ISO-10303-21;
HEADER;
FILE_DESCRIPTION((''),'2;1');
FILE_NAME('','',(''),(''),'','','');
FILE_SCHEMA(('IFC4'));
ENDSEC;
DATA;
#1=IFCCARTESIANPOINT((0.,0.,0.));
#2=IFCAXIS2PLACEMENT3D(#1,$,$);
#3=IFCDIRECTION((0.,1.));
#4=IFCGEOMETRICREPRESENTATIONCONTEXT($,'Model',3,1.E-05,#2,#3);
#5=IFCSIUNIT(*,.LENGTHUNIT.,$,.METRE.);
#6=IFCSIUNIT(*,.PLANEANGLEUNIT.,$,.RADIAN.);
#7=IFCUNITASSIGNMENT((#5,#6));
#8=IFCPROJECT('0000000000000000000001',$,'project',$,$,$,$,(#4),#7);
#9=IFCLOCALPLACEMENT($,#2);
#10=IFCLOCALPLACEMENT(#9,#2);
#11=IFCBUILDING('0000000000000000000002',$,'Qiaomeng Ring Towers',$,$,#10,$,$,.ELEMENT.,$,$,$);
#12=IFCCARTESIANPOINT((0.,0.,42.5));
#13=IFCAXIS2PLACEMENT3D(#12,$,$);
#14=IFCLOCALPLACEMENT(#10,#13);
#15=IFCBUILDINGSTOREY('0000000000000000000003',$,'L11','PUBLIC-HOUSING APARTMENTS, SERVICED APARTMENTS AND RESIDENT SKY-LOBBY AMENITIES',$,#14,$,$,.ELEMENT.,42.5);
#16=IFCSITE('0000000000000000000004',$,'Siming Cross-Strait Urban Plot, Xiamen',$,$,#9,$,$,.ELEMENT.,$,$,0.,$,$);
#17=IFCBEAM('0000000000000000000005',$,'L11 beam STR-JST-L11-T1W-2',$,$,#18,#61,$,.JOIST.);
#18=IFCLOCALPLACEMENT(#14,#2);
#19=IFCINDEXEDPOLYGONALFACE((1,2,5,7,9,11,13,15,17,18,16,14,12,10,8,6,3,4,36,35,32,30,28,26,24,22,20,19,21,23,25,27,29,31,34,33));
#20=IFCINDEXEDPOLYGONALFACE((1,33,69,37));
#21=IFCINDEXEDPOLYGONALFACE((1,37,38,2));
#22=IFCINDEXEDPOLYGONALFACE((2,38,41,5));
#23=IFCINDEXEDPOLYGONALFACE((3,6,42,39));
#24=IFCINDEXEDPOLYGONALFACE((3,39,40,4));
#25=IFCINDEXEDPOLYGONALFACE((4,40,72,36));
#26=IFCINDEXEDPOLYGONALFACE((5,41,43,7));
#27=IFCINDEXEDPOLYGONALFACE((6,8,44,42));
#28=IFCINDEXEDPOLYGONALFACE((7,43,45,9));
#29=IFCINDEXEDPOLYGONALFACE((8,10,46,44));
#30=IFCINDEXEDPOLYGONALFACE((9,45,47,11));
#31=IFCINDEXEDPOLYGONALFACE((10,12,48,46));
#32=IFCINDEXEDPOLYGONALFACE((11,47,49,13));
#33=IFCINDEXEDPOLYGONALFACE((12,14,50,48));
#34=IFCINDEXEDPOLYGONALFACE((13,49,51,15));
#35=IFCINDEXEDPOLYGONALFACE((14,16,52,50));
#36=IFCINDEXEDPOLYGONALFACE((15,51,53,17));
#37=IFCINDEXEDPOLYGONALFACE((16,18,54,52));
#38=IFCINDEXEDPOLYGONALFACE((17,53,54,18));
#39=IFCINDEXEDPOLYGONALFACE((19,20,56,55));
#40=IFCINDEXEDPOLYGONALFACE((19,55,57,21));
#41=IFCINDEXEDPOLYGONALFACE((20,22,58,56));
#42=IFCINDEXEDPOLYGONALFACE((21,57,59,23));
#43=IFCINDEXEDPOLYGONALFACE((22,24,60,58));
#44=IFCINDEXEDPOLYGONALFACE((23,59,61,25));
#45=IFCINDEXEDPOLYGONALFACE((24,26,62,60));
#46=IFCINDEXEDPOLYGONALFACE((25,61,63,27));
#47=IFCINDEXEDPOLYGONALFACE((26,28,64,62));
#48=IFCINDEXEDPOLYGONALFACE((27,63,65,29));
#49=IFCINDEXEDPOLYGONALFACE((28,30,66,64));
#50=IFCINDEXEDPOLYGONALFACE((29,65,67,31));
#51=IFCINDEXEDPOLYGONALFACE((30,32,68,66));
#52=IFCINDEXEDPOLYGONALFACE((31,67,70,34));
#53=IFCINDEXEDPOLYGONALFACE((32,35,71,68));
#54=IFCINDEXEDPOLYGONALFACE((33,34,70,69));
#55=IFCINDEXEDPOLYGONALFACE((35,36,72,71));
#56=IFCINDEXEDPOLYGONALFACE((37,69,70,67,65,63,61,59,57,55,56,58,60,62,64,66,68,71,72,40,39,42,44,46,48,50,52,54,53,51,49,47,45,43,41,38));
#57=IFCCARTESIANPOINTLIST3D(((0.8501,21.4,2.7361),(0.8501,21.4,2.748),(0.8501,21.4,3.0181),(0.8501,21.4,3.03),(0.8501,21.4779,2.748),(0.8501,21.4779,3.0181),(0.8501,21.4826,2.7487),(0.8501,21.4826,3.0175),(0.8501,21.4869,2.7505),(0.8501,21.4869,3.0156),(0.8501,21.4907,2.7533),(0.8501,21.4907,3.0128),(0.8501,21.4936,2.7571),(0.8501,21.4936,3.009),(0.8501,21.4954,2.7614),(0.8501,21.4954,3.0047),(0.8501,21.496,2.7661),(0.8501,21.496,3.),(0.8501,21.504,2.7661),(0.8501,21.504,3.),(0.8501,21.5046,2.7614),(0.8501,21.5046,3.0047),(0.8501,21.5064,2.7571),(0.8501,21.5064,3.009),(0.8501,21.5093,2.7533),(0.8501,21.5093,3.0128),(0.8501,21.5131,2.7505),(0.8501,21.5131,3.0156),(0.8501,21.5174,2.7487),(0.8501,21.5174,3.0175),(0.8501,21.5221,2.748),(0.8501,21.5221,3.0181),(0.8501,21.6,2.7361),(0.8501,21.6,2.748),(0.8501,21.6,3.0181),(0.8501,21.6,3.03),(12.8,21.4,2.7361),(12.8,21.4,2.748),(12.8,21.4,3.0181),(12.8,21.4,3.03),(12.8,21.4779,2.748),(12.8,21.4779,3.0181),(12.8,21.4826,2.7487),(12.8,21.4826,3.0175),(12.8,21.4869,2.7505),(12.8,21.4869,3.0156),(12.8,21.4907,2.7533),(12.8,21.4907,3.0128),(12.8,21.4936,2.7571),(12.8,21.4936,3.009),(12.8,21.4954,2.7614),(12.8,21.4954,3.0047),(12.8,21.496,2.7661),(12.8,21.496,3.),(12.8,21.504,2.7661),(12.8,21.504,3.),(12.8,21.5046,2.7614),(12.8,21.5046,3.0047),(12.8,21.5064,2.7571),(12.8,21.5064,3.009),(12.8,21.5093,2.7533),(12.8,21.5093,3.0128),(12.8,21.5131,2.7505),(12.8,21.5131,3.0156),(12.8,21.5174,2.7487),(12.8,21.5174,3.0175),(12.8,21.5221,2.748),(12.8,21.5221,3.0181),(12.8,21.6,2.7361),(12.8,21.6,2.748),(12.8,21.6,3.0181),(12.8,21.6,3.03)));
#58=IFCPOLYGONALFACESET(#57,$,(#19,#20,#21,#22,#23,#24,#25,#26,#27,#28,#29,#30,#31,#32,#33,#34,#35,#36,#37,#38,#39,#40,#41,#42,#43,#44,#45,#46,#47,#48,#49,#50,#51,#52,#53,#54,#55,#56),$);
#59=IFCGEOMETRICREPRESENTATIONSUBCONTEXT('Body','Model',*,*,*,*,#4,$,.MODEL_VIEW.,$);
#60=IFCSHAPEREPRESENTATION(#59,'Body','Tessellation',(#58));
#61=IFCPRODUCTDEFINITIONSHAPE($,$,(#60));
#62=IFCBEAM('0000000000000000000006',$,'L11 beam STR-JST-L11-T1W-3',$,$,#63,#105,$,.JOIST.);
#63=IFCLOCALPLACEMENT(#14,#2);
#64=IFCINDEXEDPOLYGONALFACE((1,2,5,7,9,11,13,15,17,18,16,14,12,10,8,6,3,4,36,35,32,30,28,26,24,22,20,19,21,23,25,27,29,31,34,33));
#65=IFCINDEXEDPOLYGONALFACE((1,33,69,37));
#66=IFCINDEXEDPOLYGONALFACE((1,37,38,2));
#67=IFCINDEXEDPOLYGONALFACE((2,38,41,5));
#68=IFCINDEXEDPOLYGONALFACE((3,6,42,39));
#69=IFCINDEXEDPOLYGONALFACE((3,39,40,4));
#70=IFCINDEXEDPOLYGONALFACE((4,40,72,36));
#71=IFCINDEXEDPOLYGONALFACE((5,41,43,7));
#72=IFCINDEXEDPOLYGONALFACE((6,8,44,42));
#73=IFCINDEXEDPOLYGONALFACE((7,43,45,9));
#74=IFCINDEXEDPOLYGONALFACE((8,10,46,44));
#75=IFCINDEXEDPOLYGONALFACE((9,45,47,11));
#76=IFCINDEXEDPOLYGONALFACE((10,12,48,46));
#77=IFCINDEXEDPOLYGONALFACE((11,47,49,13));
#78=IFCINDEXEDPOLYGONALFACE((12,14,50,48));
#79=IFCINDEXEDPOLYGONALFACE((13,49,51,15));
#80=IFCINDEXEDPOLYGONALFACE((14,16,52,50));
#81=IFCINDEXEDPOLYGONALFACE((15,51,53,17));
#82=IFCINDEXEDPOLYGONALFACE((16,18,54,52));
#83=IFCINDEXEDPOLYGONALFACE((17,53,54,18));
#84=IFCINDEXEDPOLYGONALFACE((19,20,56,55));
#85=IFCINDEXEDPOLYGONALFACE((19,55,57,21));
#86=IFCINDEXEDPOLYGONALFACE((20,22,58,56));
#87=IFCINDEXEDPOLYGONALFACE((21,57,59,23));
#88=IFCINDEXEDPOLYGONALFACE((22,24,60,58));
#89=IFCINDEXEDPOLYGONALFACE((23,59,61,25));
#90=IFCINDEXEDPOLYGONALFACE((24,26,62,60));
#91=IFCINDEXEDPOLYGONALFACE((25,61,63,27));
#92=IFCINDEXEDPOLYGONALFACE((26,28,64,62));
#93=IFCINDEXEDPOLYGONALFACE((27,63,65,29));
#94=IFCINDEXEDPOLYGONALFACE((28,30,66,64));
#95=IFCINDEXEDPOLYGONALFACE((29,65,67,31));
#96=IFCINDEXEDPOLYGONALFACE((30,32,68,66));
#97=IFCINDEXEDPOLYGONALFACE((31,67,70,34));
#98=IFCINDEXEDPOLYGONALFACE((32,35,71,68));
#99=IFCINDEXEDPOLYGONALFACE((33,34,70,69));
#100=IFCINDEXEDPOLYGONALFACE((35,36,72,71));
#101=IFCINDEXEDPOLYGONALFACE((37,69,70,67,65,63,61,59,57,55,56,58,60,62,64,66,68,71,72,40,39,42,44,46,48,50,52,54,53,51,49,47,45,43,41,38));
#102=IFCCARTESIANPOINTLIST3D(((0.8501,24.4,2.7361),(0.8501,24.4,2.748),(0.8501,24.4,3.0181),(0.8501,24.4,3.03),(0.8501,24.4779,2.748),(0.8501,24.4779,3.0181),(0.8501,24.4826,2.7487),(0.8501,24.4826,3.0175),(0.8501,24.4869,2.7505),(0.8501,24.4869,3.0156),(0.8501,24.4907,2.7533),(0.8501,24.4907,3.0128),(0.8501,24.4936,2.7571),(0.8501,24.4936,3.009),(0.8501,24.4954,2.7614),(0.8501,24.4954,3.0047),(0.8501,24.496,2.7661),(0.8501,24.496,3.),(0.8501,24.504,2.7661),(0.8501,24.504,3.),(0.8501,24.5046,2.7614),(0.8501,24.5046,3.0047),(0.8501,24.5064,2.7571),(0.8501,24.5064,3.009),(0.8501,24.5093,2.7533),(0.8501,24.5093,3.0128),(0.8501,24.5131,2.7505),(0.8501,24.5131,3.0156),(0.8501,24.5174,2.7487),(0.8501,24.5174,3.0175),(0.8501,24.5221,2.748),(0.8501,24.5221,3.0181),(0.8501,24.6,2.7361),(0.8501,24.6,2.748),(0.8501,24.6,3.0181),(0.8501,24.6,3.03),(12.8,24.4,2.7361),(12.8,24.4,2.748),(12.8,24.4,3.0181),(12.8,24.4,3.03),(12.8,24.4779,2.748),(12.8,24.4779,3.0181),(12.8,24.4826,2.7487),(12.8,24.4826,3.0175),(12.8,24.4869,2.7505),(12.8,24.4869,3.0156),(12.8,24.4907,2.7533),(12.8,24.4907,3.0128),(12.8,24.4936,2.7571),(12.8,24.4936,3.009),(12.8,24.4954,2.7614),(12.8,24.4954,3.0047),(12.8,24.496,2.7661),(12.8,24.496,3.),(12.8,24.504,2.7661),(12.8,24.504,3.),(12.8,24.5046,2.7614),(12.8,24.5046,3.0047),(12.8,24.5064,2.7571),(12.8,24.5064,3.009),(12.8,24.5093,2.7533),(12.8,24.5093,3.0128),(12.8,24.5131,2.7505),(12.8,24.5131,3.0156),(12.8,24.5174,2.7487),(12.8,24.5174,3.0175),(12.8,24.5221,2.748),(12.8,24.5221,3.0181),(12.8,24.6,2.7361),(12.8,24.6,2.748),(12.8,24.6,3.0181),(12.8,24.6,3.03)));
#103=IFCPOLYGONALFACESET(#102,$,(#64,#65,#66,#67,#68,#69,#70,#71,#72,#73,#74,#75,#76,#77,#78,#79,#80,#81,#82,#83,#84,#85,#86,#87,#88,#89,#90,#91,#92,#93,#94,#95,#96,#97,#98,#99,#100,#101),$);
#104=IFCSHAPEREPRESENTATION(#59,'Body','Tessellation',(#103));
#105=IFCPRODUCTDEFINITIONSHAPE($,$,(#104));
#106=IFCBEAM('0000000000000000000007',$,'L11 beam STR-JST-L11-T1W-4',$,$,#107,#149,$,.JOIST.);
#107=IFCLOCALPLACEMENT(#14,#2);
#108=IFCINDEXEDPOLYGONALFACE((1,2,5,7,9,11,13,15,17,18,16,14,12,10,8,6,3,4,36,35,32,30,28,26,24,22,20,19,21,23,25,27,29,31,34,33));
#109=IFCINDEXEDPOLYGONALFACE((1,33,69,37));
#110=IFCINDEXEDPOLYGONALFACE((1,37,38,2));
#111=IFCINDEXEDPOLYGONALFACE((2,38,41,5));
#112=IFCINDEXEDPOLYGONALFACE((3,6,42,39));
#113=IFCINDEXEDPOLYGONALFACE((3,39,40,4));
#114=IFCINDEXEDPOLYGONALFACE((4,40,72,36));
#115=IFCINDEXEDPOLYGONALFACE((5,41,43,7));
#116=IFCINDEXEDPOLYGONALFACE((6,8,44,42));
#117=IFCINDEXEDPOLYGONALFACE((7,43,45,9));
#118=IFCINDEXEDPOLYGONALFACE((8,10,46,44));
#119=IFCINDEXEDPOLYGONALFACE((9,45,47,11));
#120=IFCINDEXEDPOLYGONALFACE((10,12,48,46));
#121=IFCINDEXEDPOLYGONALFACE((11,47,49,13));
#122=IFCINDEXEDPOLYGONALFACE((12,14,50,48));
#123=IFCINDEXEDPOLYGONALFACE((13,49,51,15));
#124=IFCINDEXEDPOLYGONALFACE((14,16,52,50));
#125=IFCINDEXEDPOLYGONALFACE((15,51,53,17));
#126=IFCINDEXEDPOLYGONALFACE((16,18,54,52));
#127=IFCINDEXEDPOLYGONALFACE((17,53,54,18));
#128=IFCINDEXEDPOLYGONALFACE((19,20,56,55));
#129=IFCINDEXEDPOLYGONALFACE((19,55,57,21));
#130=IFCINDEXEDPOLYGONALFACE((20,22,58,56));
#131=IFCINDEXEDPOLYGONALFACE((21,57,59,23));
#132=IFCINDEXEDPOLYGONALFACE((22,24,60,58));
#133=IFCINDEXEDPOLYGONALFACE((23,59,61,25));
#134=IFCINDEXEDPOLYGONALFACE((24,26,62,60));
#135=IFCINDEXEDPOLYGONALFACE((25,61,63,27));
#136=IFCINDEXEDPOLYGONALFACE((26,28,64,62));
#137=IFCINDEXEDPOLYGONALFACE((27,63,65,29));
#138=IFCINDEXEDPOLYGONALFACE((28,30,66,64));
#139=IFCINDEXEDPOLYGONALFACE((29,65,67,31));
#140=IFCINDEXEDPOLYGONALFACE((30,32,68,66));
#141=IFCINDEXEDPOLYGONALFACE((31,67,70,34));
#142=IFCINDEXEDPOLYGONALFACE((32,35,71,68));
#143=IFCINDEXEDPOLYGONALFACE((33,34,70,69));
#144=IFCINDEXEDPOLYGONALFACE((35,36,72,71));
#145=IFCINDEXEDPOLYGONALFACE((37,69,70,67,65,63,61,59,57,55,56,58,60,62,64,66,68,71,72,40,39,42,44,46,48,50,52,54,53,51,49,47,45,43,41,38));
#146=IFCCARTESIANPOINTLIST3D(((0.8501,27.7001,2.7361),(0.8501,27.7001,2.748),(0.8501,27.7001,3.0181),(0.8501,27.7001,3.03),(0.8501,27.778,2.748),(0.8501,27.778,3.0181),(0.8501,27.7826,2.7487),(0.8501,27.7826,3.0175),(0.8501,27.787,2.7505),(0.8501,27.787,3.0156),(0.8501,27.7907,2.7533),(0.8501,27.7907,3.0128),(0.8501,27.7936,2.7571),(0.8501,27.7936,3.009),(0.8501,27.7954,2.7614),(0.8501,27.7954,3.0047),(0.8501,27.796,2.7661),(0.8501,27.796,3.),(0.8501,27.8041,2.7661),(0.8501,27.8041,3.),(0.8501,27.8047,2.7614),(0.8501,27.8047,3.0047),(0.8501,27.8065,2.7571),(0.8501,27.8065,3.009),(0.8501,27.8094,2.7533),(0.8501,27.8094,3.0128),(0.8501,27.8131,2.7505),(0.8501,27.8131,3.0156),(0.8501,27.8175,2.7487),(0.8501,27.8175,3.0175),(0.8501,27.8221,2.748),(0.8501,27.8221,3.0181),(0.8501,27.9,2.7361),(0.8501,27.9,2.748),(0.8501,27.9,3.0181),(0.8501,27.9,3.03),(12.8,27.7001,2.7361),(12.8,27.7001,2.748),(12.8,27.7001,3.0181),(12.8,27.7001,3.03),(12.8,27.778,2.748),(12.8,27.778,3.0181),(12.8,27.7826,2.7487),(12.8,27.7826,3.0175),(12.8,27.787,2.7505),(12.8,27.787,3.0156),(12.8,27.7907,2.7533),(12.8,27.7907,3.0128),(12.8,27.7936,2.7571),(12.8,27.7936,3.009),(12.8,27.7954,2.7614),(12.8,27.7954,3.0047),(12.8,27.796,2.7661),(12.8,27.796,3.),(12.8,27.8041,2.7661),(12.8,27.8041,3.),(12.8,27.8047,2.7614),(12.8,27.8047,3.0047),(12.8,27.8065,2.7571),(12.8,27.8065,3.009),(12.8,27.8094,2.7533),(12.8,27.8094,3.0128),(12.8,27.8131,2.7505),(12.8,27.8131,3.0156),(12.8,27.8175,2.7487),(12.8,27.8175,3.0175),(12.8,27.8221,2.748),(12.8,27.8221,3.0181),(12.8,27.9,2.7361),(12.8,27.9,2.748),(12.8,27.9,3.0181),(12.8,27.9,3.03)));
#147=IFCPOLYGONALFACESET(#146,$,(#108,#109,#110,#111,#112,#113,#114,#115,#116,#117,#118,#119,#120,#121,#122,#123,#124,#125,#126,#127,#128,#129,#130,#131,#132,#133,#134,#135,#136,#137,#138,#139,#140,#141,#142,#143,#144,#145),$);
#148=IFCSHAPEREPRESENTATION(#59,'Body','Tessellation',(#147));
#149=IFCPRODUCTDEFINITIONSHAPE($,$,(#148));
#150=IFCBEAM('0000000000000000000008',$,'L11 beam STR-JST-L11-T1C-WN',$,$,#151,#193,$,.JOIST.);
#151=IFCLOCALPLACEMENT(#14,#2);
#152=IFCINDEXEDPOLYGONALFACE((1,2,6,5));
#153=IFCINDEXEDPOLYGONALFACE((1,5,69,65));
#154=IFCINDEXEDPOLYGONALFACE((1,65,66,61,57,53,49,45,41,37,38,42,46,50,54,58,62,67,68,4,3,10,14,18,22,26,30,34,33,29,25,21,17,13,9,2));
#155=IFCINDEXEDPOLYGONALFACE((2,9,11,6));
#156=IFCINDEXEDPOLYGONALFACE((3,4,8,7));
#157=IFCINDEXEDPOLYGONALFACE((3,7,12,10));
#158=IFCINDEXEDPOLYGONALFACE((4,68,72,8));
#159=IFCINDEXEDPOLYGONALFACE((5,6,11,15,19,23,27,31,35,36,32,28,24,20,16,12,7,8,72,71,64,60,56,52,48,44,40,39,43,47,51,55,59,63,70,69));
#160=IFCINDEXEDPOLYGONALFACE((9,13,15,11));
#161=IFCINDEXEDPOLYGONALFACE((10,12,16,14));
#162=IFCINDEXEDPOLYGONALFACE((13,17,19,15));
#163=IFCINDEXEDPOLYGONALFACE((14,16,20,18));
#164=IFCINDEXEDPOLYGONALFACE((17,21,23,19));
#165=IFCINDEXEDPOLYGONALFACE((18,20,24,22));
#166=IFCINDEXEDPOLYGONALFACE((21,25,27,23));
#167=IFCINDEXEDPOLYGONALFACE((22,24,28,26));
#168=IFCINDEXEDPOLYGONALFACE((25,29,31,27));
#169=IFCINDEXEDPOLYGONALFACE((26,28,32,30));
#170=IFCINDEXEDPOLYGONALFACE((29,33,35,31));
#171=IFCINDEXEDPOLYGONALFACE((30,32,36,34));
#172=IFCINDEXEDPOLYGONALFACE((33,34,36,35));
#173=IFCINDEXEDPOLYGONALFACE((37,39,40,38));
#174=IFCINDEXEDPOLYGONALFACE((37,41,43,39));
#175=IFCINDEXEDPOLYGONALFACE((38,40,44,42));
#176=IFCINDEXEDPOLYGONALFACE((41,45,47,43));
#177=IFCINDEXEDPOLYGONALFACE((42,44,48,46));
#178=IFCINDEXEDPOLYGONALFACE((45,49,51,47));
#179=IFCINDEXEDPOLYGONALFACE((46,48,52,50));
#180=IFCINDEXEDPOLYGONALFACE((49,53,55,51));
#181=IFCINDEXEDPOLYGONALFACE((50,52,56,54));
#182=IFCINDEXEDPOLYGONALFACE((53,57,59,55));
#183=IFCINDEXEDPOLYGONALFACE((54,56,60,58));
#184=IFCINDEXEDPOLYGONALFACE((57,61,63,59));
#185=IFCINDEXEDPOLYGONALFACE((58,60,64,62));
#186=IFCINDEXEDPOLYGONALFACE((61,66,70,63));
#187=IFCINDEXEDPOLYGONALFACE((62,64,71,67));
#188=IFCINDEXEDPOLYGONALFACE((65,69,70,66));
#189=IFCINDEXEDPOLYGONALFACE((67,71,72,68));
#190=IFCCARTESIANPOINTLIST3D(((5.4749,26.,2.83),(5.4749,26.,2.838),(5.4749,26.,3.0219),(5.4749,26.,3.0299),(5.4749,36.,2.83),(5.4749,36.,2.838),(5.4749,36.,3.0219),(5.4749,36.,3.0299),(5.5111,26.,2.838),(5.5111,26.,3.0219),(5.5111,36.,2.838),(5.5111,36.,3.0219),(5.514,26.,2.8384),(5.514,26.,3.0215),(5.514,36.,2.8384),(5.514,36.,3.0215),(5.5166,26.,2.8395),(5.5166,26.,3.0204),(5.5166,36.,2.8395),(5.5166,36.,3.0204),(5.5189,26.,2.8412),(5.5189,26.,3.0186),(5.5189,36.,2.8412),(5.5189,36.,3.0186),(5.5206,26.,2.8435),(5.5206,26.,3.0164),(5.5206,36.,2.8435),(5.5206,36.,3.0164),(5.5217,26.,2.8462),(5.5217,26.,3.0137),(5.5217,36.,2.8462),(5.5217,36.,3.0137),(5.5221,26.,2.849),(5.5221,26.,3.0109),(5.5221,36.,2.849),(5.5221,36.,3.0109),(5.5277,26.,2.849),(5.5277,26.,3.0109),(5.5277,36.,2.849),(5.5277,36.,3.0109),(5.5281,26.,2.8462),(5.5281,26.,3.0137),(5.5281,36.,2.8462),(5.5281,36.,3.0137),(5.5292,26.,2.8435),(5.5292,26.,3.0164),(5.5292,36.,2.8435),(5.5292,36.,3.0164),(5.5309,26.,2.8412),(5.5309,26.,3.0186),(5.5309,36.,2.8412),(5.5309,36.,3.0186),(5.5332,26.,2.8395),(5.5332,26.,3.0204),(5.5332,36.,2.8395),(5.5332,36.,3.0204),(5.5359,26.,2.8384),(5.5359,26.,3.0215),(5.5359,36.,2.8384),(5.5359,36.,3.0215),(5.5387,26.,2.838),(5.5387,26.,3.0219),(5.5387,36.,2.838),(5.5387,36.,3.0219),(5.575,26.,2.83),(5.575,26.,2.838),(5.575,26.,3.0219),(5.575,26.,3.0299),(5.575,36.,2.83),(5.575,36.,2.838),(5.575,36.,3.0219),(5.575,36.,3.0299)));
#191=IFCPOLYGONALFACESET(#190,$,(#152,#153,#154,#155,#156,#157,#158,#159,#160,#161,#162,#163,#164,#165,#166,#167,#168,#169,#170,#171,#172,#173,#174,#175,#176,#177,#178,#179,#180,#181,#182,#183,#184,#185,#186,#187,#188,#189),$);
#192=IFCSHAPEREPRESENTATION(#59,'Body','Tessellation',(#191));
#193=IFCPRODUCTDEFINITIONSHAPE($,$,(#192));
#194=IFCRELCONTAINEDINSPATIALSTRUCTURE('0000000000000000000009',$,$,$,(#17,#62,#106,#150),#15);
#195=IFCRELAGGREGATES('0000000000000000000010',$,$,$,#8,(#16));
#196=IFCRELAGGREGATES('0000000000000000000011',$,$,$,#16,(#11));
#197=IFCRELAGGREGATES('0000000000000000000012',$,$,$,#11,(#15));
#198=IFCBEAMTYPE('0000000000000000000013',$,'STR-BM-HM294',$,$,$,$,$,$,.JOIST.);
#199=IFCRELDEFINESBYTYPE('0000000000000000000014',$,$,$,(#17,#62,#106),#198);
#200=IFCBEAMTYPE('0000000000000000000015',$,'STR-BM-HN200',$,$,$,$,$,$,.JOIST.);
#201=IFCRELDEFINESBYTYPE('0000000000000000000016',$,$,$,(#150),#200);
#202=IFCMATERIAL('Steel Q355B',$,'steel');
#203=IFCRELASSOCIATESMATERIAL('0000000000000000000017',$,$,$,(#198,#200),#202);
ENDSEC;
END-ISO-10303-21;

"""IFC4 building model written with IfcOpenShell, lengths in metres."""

from ifc_helpers import new_model, si_unit, direction, frame, origin, origin_2d, place, context, subcontext, project, spatial, i_section, extrude, source, transform, mapped, material, material_profile, profile_set, type_object, element, save


model = new_model("IFC4")

# Units and contexts
model_context = context("Model", 3, precision=1e-05, world=origin(), true_north=direction((0.0, 1.0)))
body_context = subcontext(model_context, "Body", "Model", "MODEL_VIEW")
ifc_project = project(units=[si_unit("LENGTHUNIT", "METRE"), si_unit("PLANEANGLEUNIT", "RADIAN")], contexts=[model_context])

# Site, building, storey
site_placement = place(None, origin())
site = spatial("IfcSite", under=ifc_project, at=site_placement, Name="Siming Cross-Strait Urban Plot, Xiamen", CompositionType="ELEMENT", RefElevation=0.0)
building_placement = place(site_placement, origin())
building = spatial("IfcBuilding", under=site, at=building_placement, Name="Qiaomeng Ring Towers", CompositionType="ELEMENT")
storey_placement = place(building_placement, frame((0.0, 0.0, 42.5)))
storey = spatial("IfcBuildingStorey", under=building, at=storey_placement, Name="L11", Description="PUBLIC-HOUSING APARTMENTS, SERVICED APARTMENTS AND RESIDENT SKY-LOBBY AMENITIES", CompositionType="ELEMENT", Elevation=42.5)

# Beams
ifc_material_1 = material(Name="Steel Q355B", Category="steel")
ifc_material_profile_1 = material_profile(ifc_material_1, i_section(OverallWidth=0.2, OverallDepth=0.2939, WebThickness=0.0081, FlangeThickness=0.012, FilletRadius=0.0181, at=origin_2d()), Name="HM 294x200x8x12")
ifc_profile_set_1 = profile_set([ifc_material_profile_1], Name="Steel Q355B")
beam_type_1 = type_object("IfcBeamType", Name="STR-BM-HM294", PredefinedType="JOIST", material=ifc_profile_set_1)
shared_shape_1 = source(origin(), body_context, "Body", "SweptSolid", [
    extrude(i_section(OverallWidth=0.2, OverallDepth=0.2939, WebThickness=0.0081, FlangeThickness=0.012, FilletRadius=0.0181, at=origin_2d()), origin(), (0.0, 0.0, 1.0), 11.95),
])
for number, where, z_axis, x_axis, name in (
    (1, (0.8501, 21.5, 2.8831), (1.0, 0.0, 0.0), (0.0, 1.0, 0.0), "L11 beam STR-JST-L11-T1W-2"),
    (2, (0.8501, 24.5, 2.8831), (1.0, 0.0, 0.0), (0.0, 1.0, 0.0), "L11 beam STR-JST-L11-T1W-3"),
    (3, (0.8501, 27.8, 2.8831), (1.0, 0.0, 0.0), (0.0, 1.0, 0.0), "L11 beam STR-JST-L11-T1W-4"),
):
    element("IfcBeam", number, at=place(storey_placement, frame(where, z_axis=z_axis, x_axis=x_axis)), inside=storey, type_object=beam_type_1, Name=name, PredefinedType="JOIST", context=body_context, shape_type="MappedRepresentation", body=[
        mapped(shared_shape_1, transform((0.0, 0.0, 0.0), x_axis=(1.0, 0.0, 0.0), y_axis=(0.0, 1.0, 0.0), z_axis=(0.0, 0.0, 1.0), scale=1.0)),
    ])
ifc_material_profile_2 = material_profile(ifc_material_1, i_section(OverallWidth=0.1001, OverallDepth=0.2, WebThickness=0.0056, FlangeThickness=0.0081, FilletRadius=0.011, at=origin_2d()), Name="HN 200x100x5.5x8")
ifc_profile_set_2 = profile_set([ifc_material_profile_2], Name="Steel Q355B")
beam_type_2 = type_object("IfcBeamType", Name="STR-BM-HN200", PredefinedType="JOIST", material=ifc_profile_set_2)
shared_shape_2 = source(origin(), body_context, "Body", "SweptSolid", [
    extrude(i_section(OverallWidth=0.1001, OverallDepth=0.2, WebThickness=0.0056, FlangeThickness=0.0081, FilletRadius=0.011, at=origin_2d()), origin(), (0.0, 0.0, 1.0), 10.0),
])
beam_1_placement = place(storey_placement, frame((5.5249, 26.0, 2.9299), z_axis=(0.0, 1.0, 0.0), x_axis=(-1.0, 0.0, 0.0)))
element("IfcBeam", 4, at=beam_1_placement, inside=storey, type_object=beam_type_2, Name="L11 beam STR-JST-L11-T1C-WN", PredefinedType="JOIST", context=body_context, shape_type="MappedRepresentation", body=[
    mapped(shared_shape_2, transform((0.0, 0.0, 0.0), x_axis=(1.0, 0.0, 0.0), y_axis=(0.0, 1.0, 0.0), z_axis=(0.0, 0.0, 1.0), scale=1.0)),
])

save(model, "model.ifc")
